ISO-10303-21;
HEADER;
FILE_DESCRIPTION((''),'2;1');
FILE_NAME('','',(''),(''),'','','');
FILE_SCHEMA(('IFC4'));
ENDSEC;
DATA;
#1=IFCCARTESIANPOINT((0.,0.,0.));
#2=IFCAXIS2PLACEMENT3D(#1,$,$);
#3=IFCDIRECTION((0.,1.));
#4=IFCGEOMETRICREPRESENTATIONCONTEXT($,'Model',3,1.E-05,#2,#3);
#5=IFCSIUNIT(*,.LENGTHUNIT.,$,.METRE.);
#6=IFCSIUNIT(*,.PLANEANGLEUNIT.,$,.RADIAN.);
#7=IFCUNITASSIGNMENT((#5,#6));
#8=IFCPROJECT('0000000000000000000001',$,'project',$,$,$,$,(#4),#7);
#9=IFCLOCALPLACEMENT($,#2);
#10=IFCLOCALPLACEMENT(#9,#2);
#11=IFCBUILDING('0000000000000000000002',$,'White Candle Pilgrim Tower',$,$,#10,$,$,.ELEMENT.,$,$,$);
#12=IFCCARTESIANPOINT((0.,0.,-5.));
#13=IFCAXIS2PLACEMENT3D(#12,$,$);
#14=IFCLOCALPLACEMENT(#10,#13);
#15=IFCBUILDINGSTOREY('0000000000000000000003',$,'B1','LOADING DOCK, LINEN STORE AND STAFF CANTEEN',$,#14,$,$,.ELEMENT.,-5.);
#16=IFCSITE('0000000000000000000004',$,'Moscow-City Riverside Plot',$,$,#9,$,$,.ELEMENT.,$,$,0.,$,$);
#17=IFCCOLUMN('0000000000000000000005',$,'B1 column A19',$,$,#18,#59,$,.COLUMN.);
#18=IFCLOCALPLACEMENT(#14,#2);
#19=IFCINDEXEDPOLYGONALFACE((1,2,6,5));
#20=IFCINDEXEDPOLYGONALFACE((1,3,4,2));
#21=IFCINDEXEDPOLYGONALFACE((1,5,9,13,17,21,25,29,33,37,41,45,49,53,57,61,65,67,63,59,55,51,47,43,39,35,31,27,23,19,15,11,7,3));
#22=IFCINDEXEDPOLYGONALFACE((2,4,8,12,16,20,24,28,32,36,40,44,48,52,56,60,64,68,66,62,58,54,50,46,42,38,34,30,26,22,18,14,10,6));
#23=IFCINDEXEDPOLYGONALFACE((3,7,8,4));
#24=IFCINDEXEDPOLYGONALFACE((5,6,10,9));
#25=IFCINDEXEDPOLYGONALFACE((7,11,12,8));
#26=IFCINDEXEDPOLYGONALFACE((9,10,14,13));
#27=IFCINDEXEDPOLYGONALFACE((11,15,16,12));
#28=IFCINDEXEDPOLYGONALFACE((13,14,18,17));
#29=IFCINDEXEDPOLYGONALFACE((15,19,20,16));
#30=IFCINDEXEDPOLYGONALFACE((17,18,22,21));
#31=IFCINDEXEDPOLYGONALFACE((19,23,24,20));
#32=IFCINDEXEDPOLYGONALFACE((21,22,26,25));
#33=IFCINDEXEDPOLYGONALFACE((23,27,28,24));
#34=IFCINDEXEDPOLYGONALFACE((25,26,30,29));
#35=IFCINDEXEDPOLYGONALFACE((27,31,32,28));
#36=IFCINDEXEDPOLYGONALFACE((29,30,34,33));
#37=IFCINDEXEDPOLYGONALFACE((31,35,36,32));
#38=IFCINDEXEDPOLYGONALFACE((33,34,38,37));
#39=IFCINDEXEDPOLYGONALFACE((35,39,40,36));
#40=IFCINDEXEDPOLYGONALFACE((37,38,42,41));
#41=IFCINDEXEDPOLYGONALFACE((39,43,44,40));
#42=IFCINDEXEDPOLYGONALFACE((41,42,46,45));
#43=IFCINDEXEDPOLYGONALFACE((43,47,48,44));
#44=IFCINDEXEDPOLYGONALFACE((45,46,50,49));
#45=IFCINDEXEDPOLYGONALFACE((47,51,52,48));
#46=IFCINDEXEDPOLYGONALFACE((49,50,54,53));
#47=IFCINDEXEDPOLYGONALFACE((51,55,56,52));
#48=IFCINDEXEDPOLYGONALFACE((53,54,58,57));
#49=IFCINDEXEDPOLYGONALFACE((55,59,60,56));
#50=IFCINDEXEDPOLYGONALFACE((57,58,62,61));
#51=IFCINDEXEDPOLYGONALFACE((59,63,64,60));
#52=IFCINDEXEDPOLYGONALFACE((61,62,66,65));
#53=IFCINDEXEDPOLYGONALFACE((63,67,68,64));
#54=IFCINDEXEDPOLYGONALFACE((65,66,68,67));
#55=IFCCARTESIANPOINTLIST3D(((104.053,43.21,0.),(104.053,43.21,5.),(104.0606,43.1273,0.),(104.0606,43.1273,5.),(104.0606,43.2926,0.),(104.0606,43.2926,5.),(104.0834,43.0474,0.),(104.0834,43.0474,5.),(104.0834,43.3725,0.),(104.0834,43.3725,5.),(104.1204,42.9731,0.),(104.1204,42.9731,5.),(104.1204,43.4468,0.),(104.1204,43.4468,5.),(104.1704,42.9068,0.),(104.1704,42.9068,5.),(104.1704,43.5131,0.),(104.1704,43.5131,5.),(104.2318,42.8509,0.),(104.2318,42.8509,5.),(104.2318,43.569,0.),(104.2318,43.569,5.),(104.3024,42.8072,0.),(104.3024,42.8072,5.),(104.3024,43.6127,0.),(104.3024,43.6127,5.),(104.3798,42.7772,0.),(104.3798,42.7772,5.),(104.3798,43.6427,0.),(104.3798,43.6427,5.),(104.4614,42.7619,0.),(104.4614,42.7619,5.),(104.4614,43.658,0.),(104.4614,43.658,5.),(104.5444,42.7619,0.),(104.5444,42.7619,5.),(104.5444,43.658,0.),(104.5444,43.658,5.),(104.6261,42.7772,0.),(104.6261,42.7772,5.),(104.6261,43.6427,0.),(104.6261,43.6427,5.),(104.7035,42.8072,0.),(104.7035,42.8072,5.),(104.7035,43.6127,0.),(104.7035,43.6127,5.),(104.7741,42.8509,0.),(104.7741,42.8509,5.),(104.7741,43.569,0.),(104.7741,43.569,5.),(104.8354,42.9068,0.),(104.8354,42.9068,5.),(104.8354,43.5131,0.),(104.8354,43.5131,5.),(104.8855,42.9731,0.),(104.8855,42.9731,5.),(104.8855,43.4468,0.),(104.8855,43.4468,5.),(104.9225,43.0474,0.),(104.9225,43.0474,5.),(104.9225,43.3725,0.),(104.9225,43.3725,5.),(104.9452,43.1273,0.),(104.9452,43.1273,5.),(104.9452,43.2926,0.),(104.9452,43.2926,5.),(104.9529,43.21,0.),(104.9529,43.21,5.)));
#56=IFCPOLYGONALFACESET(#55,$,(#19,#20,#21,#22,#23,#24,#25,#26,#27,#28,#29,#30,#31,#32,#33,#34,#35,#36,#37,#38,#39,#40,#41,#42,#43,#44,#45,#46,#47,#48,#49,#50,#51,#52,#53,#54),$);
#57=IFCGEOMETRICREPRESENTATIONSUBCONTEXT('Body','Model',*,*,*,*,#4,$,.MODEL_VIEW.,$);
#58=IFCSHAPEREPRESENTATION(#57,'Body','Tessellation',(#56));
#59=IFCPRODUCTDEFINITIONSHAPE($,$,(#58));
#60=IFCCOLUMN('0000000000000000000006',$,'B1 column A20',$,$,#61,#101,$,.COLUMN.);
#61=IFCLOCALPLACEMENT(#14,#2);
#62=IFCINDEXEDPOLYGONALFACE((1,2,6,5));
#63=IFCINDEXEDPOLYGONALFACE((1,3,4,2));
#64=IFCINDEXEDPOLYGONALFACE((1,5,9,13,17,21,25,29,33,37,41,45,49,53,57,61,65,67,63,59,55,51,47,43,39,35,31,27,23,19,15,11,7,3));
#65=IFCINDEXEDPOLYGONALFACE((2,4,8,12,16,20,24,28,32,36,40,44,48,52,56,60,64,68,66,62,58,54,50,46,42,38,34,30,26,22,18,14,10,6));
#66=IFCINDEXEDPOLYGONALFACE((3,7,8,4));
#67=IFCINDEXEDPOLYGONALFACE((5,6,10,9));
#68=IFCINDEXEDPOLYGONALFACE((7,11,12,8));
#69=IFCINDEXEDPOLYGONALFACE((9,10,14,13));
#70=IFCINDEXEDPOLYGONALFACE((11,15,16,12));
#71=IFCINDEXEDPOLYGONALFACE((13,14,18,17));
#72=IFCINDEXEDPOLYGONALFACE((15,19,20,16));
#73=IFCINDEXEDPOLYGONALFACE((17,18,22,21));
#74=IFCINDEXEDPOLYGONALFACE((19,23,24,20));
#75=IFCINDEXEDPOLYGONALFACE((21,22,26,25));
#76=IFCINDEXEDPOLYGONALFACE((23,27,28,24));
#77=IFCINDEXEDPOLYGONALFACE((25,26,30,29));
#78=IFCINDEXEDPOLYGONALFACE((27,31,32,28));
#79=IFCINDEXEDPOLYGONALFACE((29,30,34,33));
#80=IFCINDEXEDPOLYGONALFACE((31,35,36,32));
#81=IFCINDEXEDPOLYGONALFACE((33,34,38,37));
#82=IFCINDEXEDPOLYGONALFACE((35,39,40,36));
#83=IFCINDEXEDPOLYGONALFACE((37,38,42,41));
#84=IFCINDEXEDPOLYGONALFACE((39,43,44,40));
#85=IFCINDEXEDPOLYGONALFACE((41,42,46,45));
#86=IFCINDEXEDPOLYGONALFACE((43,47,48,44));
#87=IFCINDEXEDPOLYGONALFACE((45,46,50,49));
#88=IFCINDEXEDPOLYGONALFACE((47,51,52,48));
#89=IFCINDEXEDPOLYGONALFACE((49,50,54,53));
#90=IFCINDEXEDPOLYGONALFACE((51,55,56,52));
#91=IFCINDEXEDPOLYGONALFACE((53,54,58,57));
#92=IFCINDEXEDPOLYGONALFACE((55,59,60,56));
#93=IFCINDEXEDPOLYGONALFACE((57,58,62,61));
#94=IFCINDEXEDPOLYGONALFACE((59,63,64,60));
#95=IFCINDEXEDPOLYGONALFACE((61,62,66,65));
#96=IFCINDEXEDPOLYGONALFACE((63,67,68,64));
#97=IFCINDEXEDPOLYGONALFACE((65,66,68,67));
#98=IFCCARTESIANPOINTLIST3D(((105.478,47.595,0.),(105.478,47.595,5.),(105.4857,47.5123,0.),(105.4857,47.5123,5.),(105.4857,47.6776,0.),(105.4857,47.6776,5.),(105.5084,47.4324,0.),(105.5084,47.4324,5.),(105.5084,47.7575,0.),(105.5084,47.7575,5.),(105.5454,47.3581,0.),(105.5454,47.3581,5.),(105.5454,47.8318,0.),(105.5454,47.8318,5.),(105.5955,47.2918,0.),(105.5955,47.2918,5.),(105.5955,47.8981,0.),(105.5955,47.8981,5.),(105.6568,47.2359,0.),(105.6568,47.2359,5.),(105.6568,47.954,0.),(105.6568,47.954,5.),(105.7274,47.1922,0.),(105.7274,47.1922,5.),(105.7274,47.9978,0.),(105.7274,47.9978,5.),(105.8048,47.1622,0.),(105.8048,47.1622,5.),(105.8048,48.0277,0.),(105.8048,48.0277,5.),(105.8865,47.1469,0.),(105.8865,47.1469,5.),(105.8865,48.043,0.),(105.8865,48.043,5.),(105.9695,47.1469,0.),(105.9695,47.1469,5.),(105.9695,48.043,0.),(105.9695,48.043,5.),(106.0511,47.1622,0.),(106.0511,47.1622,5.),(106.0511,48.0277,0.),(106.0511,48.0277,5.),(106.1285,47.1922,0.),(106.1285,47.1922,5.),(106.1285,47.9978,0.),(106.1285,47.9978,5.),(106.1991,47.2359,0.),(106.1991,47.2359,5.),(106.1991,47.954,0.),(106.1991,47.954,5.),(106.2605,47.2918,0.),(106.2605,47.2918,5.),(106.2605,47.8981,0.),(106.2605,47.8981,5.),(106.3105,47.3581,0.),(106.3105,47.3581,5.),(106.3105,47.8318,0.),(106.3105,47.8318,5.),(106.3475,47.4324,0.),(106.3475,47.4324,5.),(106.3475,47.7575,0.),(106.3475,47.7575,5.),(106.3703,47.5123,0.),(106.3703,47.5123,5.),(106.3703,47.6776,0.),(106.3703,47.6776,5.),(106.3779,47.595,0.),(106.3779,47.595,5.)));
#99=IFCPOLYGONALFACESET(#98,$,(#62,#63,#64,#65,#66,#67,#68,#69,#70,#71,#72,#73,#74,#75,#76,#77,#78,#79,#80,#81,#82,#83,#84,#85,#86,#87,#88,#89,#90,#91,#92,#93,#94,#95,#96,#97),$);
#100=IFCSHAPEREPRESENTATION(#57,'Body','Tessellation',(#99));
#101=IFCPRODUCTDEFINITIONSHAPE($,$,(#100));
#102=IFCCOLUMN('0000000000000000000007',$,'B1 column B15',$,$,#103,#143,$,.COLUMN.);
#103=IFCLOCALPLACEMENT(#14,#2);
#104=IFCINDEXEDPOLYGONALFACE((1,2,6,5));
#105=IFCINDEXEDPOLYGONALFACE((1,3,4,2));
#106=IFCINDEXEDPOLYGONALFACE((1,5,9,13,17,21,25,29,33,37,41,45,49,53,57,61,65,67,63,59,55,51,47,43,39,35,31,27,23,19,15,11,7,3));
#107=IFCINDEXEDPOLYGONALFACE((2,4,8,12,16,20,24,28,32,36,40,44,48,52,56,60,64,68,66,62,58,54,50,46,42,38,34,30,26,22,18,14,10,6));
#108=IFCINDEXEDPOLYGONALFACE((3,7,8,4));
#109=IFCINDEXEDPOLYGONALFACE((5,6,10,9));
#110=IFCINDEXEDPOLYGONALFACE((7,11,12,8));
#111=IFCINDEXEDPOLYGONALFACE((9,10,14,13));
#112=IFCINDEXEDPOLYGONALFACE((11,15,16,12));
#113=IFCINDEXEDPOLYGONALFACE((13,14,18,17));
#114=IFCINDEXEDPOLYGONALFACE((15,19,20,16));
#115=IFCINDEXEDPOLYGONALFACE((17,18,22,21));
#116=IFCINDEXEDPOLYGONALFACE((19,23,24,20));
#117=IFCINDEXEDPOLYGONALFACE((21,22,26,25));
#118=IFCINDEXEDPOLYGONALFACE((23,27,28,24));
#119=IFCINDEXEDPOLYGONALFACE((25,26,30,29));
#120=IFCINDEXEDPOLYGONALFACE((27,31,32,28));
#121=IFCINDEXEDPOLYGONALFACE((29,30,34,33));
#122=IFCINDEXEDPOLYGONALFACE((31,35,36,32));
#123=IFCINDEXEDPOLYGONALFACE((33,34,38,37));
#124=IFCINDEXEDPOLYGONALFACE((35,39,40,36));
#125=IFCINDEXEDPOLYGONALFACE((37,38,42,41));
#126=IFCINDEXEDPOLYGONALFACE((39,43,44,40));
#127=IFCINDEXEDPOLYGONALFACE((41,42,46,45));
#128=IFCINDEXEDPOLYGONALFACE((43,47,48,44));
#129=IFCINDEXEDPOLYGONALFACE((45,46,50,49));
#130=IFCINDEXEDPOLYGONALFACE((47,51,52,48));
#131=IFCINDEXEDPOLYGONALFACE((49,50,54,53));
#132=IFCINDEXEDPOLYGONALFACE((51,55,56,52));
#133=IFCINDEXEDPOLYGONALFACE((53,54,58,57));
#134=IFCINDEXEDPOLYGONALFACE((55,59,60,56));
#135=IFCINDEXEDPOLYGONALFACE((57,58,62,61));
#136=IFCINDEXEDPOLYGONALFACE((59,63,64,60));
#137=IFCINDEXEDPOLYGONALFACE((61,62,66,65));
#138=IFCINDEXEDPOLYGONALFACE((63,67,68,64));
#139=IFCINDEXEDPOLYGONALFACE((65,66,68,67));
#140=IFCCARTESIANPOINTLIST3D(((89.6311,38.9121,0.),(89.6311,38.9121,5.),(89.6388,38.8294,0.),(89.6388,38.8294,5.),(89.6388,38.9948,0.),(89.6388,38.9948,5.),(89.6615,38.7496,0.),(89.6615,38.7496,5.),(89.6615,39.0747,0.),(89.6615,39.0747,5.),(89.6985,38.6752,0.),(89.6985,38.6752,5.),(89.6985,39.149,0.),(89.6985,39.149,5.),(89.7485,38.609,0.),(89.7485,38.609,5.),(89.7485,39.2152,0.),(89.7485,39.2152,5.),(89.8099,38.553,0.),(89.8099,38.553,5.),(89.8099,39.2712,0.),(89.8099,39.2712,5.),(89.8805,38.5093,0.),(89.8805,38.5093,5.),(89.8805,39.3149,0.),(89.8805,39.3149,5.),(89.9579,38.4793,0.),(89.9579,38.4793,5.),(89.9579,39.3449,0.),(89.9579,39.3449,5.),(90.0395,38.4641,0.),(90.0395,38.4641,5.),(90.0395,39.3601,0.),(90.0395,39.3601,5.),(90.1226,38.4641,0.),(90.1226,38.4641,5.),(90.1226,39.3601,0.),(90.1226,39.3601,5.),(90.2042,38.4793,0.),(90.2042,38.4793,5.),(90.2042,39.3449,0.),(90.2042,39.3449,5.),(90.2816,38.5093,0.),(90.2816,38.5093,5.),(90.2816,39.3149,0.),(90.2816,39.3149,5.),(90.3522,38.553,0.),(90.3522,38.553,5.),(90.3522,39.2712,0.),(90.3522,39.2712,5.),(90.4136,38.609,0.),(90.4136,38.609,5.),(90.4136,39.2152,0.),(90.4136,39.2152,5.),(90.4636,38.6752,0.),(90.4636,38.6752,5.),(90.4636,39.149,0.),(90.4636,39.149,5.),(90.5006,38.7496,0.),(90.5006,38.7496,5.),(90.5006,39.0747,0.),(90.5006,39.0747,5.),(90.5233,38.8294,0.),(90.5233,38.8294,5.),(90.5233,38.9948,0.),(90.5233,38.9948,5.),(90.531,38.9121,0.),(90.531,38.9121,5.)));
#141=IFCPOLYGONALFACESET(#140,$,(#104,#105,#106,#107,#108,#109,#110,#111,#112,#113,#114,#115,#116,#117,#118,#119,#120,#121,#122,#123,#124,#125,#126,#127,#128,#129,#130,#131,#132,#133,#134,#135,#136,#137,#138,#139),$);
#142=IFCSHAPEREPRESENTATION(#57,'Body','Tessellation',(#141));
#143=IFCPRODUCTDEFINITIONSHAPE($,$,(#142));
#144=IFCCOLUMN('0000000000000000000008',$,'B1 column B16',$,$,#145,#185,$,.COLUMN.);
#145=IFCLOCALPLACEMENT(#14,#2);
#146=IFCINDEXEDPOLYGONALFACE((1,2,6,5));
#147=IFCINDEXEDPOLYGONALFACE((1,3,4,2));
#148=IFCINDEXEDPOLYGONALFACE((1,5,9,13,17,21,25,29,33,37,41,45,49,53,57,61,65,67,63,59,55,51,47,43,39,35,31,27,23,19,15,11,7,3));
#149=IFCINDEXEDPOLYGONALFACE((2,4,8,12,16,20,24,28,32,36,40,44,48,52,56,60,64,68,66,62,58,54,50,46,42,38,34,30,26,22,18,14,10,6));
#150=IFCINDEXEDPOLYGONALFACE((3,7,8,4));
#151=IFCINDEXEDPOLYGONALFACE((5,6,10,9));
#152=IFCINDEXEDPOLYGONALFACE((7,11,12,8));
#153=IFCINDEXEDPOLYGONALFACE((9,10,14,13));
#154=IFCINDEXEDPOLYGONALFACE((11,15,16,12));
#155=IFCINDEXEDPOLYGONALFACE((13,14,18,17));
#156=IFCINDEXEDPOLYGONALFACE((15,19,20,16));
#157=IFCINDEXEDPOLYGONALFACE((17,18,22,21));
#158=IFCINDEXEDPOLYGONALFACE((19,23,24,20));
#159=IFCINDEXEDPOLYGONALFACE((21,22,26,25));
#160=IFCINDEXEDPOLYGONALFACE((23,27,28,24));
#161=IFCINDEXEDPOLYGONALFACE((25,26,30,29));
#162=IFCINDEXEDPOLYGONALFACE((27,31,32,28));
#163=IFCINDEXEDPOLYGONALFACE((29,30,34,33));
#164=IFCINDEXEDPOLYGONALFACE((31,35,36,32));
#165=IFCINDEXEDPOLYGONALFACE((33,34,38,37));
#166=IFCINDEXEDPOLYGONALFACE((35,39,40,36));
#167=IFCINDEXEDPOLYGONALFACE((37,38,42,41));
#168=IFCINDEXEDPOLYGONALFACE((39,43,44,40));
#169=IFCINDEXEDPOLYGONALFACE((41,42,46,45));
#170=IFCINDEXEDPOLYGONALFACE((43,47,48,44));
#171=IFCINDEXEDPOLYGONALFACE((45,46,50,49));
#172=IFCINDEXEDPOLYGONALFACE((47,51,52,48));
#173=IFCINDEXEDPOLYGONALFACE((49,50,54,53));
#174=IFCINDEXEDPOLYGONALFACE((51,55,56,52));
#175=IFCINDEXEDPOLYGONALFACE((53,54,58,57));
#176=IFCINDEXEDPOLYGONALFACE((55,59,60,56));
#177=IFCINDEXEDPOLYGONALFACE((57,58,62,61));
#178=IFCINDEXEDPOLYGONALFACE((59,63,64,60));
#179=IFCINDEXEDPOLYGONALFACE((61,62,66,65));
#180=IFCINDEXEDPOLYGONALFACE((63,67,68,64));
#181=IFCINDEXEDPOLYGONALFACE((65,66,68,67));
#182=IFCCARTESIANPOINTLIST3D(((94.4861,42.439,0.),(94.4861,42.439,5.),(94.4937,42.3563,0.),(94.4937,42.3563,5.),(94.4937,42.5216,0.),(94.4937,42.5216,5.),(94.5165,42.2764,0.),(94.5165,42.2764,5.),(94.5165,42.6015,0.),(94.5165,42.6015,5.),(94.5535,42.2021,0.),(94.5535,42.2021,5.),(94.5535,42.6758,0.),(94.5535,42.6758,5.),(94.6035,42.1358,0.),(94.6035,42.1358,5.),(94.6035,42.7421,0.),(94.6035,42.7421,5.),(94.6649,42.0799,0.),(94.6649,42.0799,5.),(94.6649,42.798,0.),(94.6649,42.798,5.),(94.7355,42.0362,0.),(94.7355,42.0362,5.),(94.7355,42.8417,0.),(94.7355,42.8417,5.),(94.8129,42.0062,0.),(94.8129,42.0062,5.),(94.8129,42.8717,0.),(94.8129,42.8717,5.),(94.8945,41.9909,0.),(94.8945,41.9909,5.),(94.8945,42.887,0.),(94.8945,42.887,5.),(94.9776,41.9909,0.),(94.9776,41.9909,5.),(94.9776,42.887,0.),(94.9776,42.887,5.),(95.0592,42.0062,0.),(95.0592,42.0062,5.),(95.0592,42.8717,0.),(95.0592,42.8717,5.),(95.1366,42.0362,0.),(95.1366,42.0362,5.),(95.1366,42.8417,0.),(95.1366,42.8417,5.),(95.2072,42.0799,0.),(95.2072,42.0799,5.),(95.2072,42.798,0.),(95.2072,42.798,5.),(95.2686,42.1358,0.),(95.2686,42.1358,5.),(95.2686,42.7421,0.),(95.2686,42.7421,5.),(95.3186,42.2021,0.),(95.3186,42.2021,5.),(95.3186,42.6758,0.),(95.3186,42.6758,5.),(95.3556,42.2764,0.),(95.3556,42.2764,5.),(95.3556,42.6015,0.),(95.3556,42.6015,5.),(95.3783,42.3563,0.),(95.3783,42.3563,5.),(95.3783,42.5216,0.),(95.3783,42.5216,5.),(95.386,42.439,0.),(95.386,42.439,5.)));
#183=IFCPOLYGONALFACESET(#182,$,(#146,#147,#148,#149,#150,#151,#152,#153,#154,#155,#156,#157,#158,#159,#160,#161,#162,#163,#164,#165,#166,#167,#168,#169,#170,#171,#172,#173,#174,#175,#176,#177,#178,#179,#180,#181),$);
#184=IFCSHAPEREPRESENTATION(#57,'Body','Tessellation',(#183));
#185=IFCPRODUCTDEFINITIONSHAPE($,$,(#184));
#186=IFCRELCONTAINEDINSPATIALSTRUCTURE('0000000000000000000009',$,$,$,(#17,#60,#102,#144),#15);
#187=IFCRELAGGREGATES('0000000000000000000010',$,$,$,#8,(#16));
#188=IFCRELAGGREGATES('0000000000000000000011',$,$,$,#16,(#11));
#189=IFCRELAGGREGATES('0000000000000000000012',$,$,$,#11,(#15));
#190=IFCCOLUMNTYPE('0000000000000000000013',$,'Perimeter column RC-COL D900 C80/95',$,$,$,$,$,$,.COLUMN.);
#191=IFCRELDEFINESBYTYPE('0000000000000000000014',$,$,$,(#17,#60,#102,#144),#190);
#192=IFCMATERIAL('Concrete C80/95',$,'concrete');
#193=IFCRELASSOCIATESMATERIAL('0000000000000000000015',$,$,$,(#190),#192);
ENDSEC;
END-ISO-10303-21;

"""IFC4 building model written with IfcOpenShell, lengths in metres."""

from ifc_helpers import new_model, si_unit, direction, frame, origin, origin_2d, place, context, subcontext, project, spatial, circle, extrude, material, material_profile, profile_set, type_object, element, save


model = new_model("IFC4")

# Units and contexts
model_context = context("Model", 3, precision=1e-05, world=origin(), true_north=direction((0.0, 1.0)))
body_context = subcontext(model_context, "Body", "Model", "MODEL_VIEW")
ifc_project = project(units=[si_unit("LENGTHUNIT", "METRE"), si_unit("PLANEANGLEUNIT", "RADIAN")], contexts=[model_context])

# Site, building, storey
site_placement = place(None, origin())
site = spatial("IfcSite", under=ifc_project, at=site_placement, Name="Moscow-City Riverside Plot", CompositionType="ELEMENT", RefElevation=0.0)
building_placement = place(site_placement, origin())
building = spatial("IfcBuilding", under=site, at=building_placement, Name="White Candle Pilgrim Tower", CompositionType="ELEMENT")
storey_placement = place(building_placement, frame((0.0, 0.0, -5.0)))
storey = spatial("IfcBuildingStorey", under=building, at=storey_placement, Name="B1", Description="LOADING DOCK, LINEN STORE AND STAFF CANTEEN", CompositionType="ELEMENT", Elevation=-5.0)

# Columns
ifc_material_1 = material(Name="Concrete C80/95", Category="concrete")
ifc_material_profile_1 = material_profile(ifc_material_1, circle(Radius=0.45, at=origin_2d()), Name="RC-COL D900")
ifc_profile_set_1 = profile_set([ifc_material_profile_1], Name="Concrete C80/95")
column_type = type_object("IfcColumnType", Name="Perimeter column RC-COL D900 C80/95", PredefinedType="COLUMN", material=ifc_profile_set_1)
for number, where, z_axis, x_axis, name in (
    (1, (104.5029, 43.21, 0.0), (0.0, 0.0, 1.0), (1.0, 0.0, 0.0), "B1 column A19"),
    (2, (105.928, 47.595, 0.0), (0.0, 0.0, 1.0), (1.0, 0.0, 0.0), "B1 column A20"),
    (3, (90.0811, 38.9121, 0.0), (0.0, 0.0, 1.0), (1.0, 0.0, 0.0), "B1 column B15"),
    (4, (94.936, 42.439, 0.0), (0.0, 0.0, 1.0), (1.0, 0.0, 0.0), "B1 column B16"),
):
    element("IfcColumn", number, at=place(storey_placement, frame(where, z_axis=z_axis, x_axis=x_axis)), inside=storey, type_object=column_type, Name=name, PredefinedType="COLUMN", context=body_context, shape_type="SweptSolid", body=[
        extrude(circle(Radius=0.45, at=origin_2d()), origin(), (0.0, 0.0, 1.0), 5.0),
    ])

save(model, "model.ifc")
